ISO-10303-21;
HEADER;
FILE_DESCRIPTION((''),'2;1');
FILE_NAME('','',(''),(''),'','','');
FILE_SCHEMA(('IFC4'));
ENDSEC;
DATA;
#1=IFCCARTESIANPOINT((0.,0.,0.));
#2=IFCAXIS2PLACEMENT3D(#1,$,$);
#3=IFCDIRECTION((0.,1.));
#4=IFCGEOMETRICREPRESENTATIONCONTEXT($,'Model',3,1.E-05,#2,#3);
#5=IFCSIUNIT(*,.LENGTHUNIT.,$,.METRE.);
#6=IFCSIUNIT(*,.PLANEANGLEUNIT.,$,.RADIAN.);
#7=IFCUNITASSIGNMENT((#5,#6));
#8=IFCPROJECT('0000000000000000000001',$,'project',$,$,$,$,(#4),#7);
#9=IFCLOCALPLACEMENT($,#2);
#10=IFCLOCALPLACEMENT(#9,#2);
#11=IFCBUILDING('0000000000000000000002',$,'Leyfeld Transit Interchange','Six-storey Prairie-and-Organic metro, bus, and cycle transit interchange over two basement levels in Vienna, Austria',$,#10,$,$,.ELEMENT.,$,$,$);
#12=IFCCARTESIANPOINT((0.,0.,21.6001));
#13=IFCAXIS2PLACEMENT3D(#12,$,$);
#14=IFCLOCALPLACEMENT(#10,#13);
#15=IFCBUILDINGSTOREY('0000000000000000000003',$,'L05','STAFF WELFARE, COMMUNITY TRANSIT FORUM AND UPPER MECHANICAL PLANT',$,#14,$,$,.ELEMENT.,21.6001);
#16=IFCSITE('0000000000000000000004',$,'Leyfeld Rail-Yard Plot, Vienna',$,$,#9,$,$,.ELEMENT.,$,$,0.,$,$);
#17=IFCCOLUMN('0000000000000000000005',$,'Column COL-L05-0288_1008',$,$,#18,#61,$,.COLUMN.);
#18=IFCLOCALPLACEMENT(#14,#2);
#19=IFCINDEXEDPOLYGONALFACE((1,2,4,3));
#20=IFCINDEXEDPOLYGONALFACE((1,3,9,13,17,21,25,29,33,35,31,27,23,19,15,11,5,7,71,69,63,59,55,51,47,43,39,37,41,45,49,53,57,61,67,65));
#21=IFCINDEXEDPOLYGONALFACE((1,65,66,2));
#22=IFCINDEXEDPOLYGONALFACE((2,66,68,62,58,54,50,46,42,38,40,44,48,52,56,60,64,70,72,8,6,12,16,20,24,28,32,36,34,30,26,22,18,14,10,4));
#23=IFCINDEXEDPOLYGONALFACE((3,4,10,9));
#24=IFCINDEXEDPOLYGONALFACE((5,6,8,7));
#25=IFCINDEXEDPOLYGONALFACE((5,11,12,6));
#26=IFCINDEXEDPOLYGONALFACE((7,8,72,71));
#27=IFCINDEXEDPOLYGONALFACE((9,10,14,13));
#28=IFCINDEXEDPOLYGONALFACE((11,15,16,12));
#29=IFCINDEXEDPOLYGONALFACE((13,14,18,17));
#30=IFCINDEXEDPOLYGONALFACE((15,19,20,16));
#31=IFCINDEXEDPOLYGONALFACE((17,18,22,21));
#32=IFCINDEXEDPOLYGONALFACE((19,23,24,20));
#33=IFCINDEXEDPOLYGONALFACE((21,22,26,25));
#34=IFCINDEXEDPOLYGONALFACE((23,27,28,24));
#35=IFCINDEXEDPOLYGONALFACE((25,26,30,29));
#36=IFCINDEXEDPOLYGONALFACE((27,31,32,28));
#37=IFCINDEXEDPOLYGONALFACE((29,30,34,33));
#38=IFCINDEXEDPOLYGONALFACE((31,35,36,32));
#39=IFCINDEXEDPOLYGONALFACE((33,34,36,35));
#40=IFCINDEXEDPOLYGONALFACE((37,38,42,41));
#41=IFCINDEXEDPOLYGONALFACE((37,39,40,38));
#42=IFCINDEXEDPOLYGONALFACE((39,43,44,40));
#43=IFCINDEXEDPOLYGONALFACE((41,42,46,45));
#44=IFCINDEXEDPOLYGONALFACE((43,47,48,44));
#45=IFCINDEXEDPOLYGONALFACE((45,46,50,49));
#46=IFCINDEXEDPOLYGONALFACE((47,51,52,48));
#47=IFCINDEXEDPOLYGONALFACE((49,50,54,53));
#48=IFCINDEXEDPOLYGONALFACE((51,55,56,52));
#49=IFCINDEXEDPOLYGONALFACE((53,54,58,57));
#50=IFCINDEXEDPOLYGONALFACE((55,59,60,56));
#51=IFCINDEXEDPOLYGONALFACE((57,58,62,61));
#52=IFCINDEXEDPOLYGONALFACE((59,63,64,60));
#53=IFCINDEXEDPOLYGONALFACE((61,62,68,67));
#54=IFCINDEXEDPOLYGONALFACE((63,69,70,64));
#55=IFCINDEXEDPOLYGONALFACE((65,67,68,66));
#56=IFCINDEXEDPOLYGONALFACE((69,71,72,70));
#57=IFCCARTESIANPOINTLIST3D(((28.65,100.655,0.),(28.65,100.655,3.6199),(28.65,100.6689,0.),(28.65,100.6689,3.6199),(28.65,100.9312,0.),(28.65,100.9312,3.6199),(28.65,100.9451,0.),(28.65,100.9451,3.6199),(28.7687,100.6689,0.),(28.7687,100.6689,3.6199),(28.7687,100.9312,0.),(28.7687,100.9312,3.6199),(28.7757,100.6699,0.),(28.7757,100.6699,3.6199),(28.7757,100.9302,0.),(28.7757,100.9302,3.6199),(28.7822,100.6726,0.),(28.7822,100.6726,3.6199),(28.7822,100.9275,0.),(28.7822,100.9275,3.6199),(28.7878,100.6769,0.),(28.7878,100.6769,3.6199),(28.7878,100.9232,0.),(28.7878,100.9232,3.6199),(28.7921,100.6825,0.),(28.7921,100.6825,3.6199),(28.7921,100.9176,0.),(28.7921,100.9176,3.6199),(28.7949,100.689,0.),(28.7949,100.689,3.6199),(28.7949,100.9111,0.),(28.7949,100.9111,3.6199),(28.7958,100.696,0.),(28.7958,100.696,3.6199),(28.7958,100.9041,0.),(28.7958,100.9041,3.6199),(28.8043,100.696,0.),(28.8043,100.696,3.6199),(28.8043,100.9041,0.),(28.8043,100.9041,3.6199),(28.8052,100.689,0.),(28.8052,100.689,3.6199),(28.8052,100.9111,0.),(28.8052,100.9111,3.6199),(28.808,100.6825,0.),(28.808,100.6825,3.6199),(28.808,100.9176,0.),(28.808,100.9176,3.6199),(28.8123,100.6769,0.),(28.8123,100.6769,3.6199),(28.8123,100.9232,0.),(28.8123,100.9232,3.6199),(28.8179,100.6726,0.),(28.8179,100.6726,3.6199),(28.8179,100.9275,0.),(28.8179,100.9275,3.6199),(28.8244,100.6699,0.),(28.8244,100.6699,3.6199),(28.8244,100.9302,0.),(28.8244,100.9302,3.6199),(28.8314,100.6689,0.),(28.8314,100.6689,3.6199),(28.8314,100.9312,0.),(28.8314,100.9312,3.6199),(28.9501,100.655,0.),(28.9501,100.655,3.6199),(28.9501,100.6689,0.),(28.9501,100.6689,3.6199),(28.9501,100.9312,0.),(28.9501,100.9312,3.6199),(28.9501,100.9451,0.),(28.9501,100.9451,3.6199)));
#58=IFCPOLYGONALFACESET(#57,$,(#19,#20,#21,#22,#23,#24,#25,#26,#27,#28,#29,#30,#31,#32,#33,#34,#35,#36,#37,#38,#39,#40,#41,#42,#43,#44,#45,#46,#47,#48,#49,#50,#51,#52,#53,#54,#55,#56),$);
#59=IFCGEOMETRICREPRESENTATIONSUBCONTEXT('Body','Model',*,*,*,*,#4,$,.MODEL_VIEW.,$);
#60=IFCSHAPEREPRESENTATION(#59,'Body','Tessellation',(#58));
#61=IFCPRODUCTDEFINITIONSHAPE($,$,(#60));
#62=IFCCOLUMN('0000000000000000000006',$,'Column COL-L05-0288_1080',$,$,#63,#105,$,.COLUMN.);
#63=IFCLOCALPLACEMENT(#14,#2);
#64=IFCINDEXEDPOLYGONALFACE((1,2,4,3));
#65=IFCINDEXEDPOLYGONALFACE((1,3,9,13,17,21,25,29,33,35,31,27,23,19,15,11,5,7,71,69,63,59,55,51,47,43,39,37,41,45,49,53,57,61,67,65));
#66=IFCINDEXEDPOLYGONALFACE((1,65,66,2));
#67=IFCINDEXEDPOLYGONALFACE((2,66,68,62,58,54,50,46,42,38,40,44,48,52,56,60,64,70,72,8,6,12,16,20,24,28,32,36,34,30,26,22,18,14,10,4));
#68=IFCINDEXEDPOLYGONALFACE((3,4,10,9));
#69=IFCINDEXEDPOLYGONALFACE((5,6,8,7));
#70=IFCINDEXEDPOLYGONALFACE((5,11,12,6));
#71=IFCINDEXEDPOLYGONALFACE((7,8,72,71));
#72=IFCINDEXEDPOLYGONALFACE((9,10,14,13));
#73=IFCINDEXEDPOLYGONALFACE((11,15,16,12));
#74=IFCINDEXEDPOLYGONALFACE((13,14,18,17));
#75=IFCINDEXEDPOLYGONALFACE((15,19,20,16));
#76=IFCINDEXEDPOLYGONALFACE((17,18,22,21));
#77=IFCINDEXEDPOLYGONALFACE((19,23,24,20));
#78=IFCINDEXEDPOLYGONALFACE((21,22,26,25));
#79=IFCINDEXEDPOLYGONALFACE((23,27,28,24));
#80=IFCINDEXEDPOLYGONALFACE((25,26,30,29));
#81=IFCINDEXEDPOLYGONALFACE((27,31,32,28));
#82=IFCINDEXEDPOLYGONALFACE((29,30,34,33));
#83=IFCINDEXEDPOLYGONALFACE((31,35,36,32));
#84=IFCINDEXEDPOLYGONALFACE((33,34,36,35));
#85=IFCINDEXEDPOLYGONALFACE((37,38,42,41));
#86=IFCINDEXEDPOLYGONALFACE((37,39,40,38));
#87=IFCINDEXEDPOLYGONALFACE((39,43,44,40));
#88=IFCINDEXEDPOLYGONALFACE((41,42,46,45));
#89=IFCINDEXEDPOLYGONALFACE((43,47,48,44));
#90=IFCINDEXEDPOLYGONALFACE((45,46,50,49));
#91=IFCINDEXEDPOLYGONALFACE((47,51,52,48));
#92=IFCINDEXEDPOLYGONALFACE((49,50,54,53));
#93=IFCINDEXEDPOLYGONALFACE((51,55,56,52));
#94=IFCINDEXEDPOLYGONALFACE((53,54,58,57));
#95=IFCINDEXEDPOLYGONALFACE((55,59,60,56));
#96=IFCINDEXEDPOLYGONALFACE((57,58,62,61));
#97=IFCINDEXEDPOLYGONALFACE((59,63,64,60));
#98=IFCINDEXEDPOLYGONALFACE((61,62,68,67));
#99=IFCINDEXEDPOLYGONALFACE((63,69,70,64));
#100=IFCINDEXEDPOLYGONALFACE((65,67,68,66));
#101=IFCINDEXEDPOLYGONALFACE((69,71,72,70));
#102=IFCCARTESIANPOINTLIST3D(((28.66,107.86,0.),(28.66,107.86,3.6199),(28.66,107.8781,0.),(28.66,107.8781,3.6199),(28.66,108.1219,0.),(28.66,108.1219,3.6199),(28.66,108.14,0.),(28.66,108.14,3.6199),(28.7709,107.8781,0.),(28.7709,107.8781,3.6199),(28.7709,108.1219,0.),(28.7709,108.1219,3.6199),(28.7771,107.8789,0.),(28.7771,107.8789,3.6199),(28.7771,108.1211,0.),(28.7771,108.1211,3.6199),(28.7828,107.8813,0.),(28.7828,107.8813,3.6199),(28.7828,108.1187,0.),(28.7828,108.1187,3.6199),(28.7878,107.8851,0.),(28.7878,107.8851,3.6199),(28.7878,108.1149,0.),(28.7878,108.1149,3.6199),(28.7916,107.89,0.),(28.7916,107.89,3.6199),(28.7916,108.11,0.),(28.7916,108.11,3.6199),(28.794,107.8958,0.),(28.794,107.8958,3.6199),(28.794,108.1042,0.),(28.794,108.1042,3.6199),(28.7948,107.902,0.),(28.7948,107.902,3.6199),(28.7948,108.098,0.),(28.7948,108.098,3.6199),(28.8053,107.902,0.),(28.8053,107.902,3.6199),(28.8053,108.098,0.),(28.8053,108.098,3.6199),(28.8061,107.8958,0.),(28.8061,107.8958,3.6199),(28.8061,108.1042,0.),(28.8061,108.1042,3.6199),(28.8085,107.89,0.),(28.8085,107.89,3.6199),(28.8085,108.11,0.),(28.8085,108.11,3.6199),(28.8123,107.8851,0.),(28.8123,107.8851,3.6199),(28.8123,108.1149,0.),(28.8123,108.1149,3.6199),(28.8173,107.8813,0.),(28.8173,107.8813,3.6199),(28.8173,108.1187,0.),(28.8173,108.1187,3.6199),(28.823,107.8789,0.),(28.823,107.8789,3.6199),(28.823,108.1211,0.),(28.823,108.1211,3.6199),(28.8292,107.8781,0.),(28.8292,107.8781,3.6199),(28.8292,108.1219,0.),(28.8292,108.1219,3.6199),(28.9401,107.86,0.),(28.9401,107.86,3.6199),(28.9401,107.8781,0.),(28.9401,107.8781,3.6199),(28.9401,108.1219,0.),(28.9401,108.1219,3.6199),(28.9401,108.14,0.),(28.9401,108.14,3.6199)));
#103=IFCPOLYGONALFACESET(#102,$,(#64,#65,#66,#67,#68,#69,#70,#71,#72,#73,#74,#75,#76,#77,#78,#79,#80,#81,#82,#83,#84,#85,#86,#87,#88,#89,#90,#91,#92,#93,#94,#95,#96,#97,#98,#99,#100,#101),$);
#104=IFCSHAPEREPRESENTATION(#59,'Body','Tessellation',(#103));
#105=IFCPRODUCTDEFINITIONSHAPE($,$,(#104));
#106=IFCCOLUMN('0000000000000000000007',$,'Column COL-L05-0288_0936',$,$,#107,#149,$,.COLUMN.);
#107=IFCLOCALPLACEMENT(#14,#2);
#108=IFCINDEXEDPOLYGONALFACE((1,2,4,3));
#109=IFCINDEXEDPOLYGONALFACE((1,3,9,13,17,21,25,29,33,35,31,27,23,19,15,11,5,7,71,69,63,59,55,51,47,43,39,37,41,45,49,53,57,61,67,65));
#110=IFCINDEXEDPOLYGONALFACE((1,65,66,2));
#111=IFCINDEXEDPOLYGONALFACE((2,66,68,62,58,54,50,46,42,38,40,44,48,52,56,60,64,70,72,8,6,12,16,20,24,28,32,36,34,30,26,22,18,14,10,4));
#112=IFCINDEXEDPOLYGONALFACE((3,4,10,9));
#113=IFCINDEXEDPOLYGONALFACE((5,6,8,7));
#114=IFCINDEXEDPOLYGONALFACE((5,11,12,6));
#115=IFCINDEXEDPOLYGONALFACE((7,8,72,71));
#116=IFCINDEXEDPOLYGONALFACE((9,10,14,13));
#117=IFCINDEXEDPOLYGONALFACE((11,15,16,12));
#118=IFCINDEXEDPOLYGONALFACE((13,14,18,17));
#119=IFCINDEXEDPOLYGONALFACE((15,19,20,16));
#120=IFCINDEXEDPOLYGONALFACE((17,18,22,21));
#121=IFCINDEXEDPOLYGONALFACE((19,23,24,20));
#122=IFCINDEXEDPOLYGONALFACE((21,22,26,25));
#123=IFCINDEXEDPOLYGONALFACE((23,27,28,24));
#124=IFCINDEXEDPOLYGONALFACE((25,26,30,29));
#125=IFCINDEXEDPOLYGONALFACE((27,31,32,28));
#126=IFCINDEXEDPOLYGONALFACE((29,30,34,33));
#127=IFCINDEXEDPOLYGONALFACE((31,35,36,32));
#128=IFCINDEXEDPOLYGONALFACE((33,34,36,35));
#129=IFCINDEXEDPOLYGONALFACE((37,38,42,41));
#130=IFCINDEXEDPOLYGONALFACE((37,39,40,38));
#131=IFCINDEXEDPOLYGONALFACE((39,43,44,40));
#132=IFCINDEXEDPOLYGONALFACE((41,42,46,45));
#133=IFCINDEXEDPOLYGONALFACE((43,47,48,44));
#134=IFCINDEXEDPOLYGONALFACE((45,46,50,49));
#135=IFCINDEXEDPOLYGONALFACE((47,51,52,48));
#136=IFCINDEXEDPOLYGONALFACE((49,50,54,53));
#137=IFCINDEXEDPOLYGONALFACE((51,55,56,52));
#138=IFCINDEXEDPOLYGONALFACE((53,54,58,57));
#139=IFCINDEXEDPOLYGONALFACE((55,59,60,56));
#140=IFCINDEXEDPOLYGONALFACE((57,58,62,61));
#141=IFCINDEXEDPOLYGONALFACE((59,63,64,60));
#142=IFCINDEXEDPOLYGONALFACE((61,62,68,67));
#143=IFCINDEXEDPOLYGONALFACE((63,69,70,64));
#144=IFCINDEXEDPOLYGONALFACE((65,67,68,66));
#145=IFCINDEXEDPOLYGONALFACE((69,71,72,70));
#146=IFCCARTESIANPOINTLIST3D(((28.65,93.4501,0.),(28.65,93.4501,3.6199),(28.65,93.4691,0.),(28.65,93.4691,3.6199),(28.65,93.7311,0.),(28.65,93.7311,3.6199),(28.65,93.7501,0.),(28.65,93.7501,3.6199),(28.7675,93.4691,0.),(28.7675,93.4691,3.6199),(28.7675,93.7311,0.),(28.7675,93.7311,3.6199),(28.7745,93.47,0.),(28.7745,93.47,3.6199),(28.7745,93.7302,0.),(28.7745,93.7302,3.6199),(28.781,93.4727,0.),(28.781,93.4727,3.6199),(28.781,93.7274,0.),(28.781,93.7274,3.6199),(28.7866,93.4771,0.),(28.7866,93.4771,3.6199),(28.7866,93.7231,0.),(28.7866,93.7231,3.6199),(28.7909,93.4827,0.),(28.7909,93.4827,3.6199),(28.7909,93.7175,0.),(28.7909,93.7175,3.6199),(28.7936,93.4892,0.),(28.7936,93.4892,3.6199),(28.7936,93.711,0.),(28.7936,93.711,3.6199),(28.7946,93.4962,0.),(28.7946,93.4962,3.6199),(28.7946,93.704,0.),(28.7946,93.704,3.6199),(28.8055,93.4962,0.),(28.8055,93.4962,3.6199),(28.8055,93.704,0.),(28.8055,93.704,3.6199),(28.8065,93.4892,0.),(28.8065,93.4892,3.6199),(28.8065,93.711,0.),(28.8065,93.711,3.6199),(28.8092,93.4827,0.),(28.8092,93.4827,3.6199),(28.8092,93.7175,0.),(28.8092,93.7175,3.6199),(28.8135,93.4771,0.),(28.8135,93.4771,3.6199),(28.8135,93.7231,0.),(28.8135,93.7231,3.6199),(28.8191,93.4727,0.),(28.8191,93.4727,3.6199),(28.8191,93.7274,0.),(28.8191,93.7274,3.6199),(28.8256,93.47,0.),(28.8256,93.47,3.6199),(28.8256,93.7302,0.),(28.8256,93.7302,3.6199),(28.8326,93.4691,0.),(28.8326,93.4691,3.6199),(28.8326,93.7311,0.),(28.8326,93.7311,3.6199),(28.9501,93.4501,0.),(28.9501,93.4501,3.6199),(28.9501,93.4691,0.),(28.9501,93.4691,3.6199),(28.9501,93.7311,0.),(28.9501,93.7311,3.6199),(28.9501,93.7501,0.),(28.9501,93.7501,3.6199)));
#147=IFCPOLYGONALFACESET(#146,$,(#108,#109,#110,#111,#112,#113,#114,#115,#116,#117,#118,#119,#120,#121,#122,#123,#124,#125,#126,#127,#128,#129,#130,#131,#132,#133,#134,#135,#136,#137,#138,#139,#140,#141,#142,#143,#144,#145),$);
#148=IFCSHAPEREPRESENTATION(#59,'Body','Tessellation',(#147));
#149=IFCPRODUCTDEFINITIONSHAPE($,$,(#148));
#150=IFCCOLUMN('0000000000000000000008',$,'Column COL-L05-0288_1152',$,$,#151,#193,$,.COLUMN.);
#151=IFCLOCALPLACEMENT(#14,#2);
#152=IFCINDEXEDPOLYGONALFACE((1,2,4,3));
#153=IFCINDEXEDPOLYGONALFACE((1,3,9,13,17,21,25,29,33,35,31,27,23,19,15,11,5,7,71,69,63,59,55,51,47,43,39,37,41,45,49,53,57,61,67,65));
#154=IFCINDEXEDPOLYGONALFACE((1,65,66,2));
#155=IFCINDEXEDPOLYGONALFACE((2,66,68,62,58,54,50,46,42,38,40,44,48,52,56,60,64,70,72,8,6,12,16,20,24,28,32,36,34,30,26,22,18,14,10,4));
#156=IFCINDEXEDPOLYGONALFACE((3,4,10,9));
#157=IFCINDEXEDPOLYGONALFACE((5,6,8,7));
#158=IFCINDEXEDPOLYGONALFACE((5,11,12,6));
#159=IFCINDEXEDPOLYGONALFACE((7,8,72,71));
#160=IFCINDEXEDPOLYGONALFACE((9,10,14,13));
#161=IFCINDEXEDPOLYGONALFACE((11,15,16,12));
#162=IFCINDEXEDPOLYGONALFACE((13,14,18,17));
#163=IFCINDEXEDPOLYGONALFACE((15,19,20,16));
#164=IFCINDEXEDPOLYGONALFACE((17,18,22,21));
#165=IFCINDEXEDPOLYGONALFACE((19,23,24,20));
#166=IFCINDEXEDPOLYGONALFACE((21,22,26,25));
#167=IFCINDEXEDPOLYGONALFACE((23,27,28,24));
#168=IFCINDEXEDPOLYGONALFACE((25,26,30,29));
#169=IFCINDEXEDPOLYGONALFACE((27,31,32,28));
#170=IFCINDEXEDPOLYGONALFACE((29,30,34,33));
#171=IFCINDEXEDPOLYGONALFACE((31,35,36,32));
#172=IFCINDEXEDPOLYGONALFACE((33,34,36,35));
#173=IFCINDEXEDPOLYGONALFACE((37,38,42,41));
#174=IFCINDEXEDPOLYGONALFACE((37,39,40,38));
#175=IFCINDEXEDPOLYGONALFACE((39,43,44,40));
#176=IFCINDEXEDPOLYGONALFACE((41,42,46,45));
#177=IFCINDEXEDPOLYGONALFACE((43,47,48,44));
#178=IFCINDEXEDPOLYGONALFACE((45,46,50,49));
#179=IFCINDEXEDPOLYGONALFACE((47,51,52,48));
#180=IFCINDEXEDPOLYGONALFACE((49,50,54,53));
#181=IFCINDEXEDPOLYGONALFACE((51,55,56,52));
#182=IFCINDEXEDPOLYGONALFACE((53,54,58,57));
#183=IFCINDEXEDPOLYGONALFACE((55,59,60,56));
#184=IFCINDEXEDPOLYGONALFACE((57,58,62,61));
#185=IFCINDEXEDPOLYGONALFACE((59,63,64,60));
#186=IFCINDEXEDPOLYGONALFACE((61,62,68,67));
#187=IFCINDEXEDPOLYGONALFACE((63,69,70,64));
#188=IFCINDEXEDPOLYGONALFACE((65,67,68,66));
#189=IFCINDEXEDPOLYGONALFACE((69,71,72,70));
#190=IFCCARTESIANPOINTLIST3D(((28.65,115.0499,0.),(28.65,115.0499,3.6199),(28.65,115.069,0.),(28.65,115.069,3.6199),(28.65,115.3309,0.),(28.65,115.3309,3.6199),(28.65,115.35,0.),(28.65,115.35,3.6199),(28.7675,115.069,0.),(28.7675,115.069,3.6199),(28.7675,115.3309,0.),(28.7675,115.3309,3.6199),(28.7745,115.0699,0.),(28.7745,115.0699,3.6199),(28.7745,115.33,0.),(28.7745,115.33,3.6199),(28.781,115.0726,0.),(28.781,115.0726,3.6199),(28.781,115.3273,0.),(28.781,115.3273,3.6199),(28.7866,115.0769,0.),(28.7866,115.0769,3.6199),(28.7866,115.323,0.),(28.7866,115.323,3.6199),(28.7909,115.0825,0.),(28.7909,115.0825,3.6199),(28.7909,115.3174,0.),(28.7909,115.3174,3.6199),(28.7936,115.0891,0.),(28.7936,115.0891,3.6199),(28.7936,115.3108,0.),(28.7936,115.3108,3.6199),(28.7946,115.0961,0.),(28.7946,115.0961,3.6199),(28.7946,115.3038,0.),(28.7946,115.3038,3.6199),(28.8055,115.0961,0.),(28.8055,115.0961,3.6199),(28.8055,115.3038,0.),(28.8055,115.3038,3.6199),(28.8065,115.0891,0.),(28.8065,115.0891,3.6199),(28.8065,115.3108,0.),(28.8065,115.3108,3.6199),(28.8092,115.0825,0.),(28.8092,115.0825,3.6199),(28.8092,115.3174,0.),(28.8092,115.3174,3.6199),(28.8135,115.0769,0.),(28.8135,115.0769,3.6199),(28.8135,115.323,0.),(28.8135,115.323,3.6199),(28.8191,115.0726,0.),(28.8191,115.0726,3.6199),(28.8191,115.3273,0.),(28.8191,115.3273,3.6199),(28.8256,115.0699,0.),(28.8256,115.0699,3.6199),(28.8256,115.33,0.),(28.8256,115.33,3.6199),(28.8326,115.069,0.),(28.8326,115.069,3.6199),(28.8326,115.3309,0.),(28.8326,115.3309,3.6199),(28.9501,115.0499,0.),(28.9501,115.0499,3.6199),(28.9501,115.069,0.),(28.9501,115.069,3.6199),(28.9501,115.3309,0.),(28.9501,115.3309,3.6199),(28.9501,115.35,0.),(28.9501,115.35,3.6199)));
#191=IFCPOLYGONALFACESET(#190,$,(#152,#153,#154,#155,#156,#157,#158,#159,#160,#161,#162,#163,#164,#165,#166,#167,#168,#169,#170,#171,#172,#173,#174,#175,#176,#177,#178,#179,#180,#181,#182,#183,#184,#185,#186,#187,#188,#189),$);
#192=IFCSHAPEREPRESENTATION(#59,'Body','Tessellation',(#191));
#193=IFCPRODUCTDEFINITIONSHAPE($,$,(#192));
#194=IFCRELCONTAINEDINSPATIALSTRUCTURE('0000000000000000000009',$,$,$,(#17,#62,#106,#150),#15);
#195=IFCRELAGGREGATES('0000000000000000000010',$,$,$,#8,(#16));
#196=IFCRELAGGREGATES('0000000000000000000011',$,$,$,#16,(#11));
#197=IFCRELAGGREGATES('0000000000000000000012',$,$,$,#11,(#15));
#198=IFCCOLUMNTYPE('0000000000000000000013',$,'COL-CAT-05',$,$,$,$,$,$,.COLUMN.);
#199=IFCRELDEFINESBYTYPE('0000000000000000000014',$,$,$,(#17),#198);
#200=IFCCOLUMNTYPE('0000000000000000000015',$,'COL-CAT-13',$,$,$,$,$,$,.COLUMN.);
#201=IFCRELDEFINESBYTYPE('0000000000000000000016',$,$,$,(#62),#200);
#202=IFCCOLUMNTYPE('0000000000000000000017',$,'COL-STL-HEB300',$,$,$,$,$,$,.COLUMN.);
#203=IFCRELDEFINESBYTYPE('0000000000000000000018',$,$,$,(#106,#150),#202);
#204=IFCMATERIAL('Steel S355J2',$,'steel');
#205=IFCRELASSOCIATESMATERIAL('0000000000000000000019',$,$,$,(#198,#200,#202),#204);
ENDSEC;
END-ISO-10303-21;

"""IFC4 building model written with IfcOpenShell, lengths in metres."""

from ifc_helpers import new_model, si_unit, direction, frame, origin, origin_2d, place, context, subcontext, project, spatial, i_section, extrude, material, material_profile, profile_set, type_object, element, save


model = new_model("IFC4")

# Units and contexts
model_context = context("Model", 3, precision=1e-05, world=origin(), true_north=direction((0.0, 1.0)))
body_context = subcontext(model_context, "Body", "Model", "MODEL_VIEW")
ifc_project = project(units=[si_unit("LENGTHUNIT", "METRE"), si_unit("PLANEANGLEUNIT", "RADIAN")], contexts=[model_context])

# Site, building, storey
site_placement = place(None, origin())
site = spatial("IfcSite", under=ifc_project, at=site_placement, Name="Leyfeld Rail-Yard Plot, Vienna", CompositionType="ELEMENT", RefElevation=0.0)
building_placement = place(site_placement, origin())
building = spatial("IfcBuilding", under=site, at=building_placement, Name="Leyfeld Transit Interchange", Description="Six-storey Prairie-and-Organic metro, bus, and cycle transit interchange over two basement levels in Vienna, Austria", CompositionType="ELEMENT")
storey_placement = place(building_placement, frame((0.0, 0.0, 21.6001)))
storey = spatial("IfcBuildingStorey", under=building, at=storey_placement, Name="L05", Description="STAFF WELFARE, COMMUNITY TRANSIT FORUM AND UPPER MECHANICAL PLANT", CompositionType="ELEMENT", Elevation=21.6001)

# Columns
ifc_material_1 = material(Name="Steel S355J2", Category="steel")
ifc_material_profile_1 = material_profile(ifc_material_1, i_section(OverallWidth=0.3, OverallDepth=0.29, WebThickness=0.0085, FlangeThickness=0.0139, FilletRadius=0.0271, at=origin_2d()), Name="HEA 300")
ifc_profile_set_1 = profile_set([ifc_material_profile_1], Name="Steel S355J2")
column_type_1 = type_object("IfcColumnType", Name="COL-CAT-05", PredefinedType="COLUMN", material=ifc_profile_set_1)
column_1_placement = place(storey_placement, frame((28.8, 100.8, 0.0), z_axis=(0.0, 0.0, 1.0), x_axis=(1.0, 0.0, 0.0)))
element("IfcColumn", 1, at=column_1_placement, inside=storey, type_object=column_type_1, Name="Column COL-L05-0288_1008", PredefinedType="COLUMN", context=body_context, shape_type="SweptSolid", body=[
    extrude(i_section(OverallWidth=0.3, OverallDepth=0.29, WebThickness=0.0085, FlangeThickness=0.0139, FilletRadius=0.0271, at=origin_2d()), origin(), (0.0, 0.0, 1.0), 3.6199),
])
ifc_material_profile_2 = material_profile(ifc_material_1, i_section(OverallWidth=0.28, OverallDepth=0.28, WebThickness=0.0105, FlangeThickness=0.0181, FilletRadius=0.0239, at=origin_2d()), Name="HEB 280")
ifc_profile_set_2 = profile_set([ifc_material_profile_2], Name="Steel S355J2")
column_type_2 = type_object("IfcColumnType", Name="COL-CAT-13", PredefinedType="COLUMN", material=ifc_profile_set_2)
column_2_placement = place(storey_placement, frame((28.8, 108.0, 0.0), z_axis=(0.0, 0.0, 1.0), x_axis=(1.0, 0.0, 0.0)))
element("IfcColumn", 2, at=column_2_placement, inside=storey, type_object=column_type_2, Name="Column COL-L05-0288_1080", PredefinedType="COLUMN", context=body_context, shape_type="SweptSolid", body=[
    extrude(i_section(OverallWidth=0.28, OverallDepth=0.28, WebThickness=0.0105, FlangeThickness=0.0181, FilletRadius=0.0239, at=origin_2d()), origin(), (0.0, 0.0, 1.0), 3.6199),
])
ifc_material_profile_3 = material_profile(ifc_material_1, i_section(OverallWidth=0.3, OverallDepth=0.3, WebThickness=0.011, FlangeThickness=0.019, FilletRadius=0.0271, at=origin_2d()), Name="HEB 300")
ifc_profile_set_3 = profile_set([ifc_material_profile_3], Name="Steel S355J2")
column_type_3 = type_object("IfcColumnType", Name="COL-STL-HEB300", PredefinedType="COLUMN", material=ifc_profile_set_3)
for number, where, z_axis, x_axis, name in (
    (3, (28.8, 93.6001, 0.0), (0.0, 0.0, 1.0), (1.0, 0.0, 0.0), "Column COL-L05-0288_0936"),
    (4, (28.8, 115.2, 0.0), (0.0, 0.0, 1.0), (1.0, 0.0, 0.0), "Column COL-L05-0288_1152"),
):
    element("IfcColumn", number, at=place(storey_placement, frame(where, z_axis=z_axis, x_axis=x_axis)), inside=storey, type_object=column_type_3, Name=name, PredefinedType="COLUMN", context=body_context, shape_type="SweptSolid", body=[
        extrude(i_section(OverallWidth=0.3, OverallDepth=0.3, WebThickness=0.011, FlangeThickness=0.019, FilletRadius=0.0271, at=origin_2d()), origin(), (0.0, 0.0, 1.0), 3.6199),
    ])

save(model, "model.ifc")
